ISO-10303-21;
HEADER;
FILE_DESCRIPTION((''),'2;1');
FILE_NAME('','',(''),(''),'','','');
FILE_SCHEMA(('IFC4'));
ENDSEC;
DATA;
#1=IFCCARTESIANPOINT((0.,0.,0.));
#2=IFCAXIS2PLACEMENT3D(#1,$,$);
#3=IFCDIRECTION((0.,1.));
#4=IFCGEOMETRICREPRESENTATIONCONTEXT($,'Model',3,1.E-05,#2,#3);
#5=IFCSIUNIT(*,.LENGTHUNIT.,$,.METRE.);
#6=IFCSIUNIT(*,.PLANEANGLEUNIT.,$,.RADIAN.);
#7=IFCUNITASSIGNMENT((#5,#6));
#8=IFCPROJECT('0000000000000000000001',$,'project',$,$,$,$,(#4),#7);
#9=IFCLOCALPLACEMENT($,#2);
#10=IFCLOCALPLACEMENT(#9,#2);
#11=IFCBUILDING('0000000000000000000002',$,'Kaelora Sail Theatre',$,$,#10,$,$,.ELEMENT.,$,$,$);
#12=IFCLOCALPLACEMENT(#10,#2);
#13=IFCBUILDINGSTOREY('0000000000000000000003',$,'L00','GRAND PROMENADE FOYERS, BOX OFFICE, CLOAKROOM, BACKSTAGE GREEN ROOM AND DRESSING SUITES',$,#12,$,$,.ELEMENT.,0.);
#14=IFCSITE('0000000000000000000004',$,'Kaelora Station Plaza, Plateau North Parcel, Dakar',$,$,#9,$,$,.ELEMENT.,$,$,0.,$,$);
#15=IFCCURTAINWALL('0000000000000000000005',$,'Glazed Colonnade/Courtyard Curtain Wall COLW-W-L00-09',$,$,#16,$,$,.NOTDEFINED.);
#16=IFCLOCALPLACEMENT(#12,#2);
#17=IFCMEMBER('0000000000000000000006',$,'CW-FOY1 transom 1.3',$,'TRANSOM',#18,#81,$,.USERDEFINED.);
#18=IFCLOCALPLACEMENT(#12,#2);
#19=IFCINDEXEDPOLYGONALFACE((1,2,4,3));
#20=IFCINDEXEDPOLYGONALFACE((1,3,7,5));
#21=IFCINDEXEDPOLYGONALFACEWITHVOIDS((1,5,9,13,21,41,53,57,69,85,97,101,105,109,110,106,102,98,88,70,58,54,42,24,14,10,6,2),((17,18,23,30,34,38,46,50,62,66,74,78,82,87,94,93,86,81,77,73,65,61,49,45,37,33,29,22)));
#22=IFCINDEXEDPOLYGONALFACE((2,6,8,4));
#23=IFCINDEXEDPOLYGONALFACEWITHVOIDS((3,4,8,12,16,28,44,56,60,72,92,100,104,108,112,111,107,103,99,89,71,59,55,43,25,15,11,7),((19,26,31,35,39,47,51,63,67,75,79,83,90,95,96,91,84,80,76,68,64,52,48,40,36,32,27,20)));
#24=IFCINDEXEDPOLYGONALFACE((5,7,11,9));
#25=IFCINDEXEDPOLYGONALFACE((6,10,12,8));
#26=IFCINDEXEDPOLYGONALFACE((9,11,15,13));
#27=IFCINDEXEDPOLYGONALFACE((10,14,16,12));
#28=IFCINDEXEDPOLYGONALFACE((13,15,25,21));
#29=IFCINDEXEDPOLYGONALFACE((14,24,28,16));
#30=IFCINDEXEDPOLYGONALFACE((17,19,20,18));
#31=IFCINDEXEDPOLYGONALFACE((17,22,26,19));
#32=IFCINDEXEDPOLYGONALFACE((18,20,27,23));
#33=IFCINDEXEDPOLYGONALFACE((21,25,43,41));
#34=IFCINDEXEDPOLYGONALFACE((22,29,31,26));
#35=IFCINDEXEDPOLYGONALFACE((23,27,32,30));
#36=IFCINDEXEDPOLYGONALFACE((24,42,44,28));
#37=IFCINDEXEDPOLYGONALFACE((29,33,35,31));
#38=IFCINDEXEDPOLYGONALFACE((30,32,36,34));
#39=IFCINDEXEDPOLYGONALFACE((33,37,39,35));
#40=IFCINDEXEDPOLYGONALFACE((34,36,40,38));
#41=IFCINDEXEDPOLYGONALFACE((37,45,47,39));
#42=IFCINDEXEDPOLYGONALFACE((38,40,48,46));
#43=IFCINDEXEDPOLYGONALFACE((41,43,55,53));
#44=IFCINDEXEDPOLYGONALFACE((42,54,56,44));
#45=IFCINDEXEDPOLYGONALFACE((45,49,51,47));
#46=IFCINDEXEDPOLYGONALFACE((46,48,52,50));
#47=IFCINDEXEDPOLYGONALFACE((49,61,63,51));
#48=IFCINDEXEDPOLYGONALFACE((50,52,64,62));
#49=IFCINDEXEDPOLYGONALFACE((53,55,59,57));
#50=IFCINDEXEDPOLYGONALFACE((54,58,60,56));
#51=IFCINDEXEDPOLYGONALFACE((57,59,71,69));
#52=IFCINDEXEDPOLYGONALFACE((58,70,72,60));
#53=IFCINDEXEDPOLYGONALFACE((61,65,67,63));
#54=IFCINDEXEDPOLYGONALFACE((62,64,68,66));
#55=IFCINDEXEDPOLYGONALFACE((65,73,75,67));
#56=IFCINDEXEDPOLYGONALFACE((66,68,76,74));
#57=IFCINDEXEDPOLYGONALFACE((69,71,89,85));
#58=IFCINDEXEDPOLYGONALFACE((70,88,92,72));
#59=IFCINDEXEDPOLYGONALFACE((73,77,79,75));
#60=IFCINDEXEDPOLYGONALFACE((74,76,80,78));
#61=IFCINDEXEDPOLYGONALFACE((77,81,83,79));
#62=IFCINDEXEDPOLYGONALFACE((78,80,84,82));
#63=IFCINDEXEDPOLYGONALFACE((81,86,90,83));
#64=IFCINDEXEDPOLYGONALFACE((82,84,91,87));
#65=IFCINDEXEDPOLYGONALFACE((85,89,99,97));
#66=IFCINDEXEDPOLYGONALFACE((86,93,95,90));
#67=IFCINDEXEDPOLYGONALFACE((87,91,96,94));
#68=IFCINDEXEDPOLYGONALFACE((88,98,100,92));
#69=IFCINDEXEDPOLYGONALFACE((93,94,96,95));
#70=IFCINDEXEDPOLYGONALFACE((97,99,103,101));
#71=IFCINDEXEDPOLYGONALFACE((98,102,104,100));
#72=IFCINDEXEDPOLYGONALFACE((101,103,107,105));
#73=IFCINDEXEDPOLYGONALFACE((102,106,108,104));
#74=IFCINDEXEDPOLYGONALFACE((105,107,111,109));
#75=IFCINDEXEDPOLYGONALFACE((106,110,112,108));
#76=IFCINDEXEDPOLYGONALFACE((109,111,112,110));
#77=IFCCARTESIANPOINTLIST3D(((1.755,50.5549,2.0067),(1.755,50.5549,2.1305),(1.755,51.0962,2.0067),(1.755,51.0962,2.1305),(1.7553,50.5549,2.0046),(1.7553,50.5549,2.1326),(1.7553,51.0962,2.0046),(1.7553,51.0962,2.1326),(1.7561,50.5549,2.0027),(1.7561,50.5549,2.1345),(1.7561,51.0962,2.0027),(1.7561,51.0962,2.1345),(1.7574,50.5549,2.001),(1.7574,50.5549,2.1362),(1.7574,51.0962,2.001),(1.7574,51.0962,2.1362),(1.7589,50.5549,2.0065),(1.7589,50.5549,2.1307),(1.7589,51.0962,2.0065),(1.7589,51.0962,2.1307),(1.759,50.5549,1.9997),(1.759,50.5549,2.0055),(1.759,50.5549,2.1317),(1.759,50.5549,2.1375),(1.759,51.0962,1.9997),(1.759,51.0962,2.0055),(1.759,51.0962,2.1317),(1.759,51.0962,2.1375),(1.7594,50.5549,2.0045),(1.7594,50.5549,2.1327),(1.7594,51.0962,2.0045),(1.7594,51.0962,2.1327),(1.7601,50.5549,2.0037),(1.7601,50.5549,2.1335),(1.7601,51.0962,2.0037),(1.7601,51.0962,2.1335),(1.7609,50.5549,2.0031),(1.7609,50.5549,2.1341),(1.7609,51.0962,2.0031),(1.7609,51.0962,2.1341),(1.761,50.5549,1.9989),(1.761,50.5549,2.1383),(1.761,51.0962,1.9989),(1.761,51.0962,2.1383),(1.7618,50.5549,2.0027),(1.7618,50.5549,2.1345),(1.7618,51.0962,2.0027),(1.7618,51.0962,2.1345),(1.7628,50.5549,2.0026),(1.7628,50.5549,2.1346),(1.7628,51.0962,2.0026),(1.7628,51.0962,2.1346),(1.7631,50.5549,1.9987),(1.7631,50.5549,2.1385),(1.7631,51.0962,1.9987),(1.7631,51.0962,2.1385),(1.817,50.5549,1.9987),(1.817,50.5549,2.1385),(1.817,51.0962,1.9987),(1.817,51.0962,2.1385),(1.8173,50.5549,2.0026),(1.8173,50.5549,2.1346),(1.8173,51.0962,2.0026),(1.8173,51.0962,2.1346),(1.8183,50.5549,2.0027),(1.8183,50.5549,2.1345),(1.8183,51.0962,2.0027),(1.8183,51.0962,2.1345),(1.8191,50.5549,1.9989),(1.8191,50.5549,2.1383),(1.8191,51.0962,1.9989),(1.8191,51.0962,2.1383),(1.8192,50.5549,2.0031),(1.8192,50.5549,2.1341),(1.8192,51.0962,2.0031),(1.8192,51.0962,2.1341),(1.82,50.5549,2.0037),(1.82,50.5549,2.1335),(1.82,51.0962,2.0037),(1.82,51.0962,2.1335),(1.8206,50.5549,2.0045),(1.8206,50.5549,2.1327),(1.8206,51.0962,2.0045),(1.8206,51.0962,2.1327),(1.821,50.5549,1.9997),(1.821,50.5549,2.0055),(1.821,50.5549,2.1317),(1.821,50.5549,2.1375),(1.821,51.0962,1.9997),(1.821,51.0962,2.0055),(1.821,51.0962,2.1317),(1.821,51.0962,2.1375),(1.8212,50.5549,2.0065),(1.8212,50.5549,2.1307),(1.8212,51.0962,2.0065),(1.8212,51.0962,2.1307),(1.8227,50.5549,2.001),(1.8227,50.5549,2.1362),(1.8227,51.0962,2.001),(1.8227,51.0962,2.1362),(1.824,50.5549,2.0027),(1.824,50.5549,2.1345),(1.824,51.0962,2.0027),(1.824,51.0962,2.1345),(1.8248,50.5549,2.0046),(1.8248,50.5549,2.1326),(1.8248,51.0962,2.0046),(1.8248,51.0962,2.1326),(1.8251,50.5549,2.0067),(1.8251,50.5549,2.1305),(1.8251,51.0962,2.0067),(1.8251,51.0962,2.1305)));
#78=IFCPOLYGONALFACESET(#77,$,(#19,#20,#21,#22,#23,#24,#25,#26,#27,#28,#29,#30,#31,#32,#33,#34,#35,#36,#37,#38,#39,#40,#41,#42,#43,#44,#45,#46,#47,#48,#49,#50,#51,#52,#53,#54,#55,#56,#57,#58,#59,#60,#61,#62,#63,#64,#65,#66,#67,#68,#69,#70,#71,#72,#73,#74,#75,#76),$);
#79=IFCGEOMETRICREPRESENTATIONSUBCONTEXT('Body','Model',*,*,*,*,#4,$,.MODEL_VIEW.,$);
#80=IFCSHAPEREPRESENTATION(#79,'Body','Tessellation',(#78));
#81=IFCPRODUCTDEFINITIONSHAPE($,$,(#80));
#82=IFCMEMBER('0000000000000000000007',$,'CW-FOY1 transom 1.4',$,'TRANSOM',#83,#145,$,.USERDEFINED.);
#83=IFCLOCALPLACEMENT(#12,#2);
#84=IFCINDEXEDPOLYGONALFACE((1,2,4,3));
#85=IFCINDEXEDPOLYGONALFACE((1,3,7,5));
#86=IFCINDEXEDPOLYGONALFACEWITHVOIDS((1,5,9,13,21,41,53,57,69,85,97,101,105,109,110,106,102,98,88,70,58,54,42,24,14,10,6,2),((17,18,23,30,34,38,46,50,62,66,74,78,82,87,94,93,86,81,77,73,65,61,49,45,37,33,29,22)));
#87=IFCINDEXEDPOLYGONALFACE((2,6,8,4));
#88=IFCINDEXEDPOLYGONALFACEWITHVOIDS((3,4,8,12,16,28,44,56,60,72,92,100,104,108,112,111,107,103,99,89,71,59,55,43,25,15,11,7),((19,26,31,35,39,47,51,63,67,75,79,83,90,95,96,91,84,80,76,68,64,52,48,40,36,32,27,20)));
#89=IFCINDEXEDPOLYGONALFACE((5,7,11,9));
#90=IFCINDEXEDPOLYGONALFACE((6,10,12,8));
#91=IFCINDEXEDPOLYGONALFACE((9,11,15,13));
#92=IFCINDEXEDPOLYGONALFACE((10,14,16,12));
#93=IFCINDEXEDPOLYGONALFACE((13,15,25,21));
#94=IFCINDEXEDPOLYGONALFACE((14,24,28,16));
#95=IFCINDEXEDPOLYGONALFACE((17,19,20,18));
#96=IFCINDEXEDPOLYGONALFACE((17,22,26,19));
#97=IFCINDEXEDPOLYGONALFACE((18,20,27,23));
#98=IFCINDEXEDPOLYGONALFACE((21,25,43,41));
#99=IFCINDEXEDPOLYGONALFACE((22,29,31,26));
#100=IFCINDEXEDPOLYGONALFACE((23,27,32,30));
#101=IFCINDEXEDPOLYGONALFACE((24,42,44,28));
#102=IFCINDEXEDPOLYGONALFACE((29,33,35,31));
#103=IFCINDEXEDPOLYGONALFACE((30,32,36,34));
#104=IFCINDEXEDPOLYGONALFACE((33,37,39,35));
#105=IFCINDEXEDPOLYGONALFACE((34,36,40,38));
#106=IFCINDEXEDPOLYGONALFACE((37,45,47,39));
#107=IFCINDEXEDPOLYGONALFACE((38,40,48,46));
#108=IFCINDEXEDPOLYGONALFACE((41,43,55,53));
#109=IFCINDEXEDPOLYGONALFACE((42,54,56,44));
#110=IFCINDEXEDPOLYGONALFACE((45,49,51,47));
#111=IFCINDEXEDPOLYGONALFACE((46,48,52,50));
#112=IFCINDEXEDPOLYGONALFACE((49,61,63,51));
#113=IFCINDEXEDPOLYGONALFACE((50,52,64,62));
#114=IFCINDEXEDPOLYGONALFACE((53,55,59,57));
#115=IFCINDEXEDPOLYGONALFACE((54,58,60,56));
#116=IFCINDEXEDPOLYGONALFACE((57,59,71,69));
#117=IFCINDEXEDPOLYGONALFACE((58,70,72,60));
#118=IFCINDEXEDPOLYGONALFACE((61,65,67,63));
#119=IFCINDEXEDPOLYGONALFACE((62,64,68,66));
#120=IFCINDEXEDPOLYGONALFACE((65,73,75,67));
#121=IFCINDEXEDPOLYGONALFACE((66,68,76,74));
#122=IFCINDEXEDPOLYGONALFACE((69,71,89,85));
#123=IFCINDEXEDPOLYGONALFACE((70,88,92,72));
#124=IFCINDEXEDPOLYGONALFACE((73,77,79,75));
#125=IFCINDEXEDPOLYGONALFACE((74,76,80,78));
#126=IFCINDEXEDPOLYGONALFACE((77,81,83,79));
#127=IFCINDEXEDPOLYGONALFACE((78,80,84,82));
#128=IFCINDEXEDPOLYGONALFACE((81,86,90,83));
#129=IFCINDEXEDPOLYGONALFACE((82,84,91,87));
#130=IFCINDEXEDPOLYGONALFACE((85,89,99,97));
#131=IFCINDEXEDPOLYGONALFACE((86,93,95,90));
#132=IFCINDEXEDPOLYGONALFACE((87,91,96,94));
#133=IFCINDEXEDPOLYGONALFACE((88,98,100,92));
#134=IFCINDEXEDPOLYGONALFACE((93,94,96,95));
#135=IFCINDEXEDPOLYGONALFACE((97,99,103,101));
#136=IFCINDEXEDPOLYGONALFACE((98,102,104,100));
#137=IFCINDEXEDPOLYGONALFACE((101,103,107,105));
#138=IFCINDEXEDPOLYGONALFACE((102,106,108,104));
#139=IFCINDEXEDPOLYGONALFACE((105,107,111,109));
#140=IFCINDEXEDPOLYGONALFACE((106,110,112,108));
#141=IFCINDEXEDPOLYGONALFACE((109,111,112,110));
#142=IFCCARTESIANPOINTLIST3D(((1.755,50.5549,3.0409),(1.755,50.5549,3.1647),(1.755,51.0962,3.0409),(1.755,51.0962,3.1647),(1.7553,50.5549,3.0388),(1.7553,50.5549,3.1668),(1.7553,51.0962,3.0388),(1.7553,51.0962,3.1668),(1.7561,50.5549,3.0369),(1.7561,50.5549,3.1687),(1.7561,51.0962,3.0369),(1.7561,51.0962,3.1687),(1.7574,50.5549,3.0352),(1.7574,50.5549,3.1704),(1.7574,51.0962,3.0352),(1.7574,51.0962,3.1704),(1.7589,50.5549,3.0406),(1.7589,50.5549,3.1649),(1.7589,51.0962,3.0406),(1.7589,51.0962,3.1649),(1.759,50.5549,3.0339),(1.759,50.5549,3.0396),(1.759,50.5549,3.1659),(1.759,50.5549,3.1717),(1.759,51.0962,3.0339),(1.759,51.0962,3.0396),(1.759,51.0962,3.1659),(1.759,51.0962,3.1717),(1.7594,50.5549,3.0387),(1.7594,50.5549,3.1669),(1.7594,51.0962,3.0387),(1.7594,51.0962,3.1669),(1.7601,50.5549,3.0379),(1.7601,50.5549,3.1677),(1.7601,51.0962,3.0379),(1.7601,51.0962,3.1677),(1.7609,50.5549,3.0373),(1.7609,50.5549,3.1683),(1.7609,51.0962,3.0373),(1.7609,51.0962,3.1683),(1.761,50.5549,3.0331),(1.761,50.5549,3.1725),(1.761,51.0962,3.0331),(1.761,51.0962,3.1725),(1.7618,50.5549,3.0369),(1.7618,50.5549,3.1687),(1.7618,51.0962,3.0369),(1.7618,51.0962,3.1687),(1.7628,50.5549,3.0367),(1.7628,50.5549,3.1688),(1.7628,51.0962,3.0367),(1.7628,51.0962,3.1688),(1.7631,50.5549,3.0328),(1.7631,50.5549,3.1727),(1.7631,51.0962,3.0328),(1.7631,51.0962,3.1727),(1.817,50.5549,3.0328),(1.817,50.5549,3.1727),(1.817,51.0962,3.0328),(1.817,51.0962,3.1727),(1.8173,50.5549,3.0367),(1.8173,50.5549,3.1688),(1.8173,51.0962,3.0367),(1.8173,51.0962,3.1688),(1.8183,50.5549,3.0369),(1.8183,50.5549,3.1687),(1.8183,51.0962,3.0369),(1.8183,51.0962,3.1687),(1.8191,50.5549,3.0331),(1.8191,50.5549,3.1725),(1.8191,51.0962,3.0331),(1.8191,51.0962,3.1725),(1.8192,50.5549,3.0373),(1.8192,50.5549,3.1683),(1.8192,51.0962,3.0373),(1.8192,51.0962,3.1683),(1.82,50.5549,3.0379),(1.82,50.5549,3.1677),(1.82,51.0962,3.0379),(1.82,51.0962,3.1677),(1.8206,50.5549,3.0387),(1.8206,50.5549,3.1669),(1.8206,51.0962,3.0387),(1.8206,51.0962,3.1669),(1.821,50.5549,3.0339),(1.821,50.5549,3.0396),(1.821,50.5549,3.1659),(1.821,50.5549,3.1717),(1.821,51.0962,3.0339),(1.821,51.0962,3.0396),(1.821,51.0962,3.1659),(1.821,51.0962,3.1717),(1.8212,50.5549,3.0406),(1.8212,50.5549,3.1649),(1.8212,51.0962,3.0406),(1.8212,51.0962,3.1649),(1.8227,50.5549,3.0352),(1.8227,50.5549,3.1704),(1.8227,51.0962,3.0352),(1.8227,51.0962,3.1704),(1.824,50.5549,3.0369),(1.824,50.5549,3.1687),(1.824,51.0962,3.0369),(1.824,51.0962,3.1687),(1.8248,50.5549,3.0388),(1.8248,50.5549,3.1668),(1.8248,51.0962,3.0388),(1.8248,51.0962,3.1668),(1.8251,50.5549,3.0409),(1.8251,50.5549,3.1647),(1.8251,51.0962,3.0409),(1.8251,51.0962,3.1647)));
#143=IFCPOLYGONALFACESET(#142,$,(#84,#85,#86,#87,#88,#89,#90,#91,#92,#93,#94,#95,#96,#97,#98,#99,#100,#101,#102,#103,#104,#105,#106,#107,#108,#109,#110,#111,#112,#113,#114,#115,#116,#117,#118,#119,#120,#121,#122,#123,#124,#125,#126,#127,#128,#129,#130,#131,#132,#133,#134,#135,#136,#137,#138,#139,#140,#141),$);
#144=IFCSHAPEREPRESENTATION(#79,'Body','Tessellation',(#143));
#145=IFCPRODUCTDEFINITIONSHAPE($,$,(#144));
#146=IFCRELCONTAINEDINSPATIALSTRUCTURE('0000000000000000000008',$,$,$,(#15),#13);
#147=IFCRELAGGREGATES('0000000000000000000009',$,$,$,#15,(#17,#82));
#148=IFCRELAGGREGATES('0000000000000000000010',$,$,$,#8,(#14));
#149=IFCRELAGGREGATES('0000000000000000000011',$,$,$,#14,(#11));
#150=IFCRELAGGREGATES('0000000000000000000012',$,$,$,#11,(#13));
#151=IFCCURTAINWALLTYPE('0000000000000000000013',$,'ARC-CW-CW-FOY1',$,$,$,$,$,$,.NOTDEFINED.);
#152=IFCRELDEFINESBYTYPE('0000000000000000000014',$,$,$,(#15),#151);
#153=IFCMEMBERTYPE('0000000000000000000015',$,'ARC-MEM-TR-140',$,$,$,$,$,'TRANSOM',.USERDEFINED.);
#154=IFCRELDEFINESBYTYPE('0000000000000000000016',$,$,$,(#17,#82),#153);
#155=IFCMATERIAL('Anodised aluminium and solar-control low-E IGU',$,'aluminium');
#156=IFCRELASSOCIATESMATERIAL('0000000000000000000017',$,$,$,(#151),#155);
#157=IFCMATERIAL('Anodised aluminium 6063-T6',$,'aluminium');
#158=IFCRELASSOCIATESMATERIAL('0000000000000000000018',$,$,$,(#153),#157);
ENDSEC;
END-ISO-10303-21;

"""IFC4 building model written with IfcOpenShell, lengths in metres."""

from ifc_helpers import new_model, si_unit, direction, frame, origin, origin_2d, place, context, subcontext, project, spatial, hollow_rectangle, extrude, material, material_profile, profile_set, type_object, element, aggregate, save


model = new_model("IFC4")

# Units and contexts
model_context = context("Model", 3, precision=1e-05, world=origin(), true_north=direction((0.0, 1.0)))
body_context = subcontext(model_context, "Body", "Model", "MODEL_VIEW")
ifc_project = project(units=[si_unit("LENGTHUNIT", "METRE"), si_unit("PLANEANGLEUNIT", "RADIAN")], contexts=[model_context])

# Site, building, storey
site_placement = place(None, origin())
site = spatial("IfcSite", under=ifc_project, at=site_placement, Name="Kaelora Station Plaza, Plateau North Parcel, Dakar", CompositionType="ELEMENT", RefElevation=0.0)
building_placement = place(site_placement, origin())
building = spatial("IfcBuilding", under=site, at=building_placement, Name="Kaelora Sail Theatre", CompositionType="ELEMENT")
storey_placement = place(building_placement, origin())
storey = spatial("IfcBuildingStorey", under=building, at=storey_placement, Name="L00", Description="GRAND PROMENADE FOYERS, BOX OFFICE, CLOAKROOM, BACKSTAGE GREEN ROOM AND DRESSING SUITES", CompositionType="ELEMENT", Elevation=0.0)

# Shared definitions
ifc_material_1 = material(Name="Anodised aluminium and solar-control low-E IGU", Category="aluminium")
curtain_wall_type = type_object("IfcCurtainWallType", Name="ARC-CW-CW-FOY1", PredefinedType="NOTDEFINED", material=ifc_material_1)

# Curtain wall
curtain_wall_1_placement = place(storey_placement, origin())
curtain_wall_1 = element("IfcCurtainWall", 1, at=curtain_wall_1_placement, inside=storey, type_object=curtain_wall_type, Name="Glazed Colonnade/Courtyard Curtain Wall COLW-W-L00-09", PredefinedType="NOTDEFINED")

# Members
ifc_material_2 = material(Name="Anodised aluminium 6063-T6", Category="aluminium")
ifc_material_profile_1 = material_profile(ifc_material_2, hollow_rectangle(XDim=0.0701, YDim=0.1399, WallThickness=0.0039, InnerFilletRadius=0.0039, OuterFilletRadius=0.0081, at=origin_2d()), Name="ALU-TRAN 70x140x4")
ifc_profile_set_1 = profile_set([ifc_material_profile_1], Name="Anodised aluminium 6063-T6")
member_type_1 = type_object("IfcMemberType", Name="ARC-MEM-TR-140", ElementType="TRANSOM", PredefinedType="USERDEFINED", material=ifc_profile_set_1)
member_1_placement = place(storey_placement, frame((1.79, 50.5549, 2.0686), z_axis=(0.0, 1.0, 0.0), x_axis=(-1.0, 0.0, 0.0)))
member_1 = element("IfcMember", 2, at=member_1_placement, type_object=member_type_1, Name="CW-FOY1 transom 1.3", ObjectType="TRANSOM", PredefinedType="USERDEFINED", context=body_context, shape_type="SweptSolid", body=[
    extrude(hollow_rectangle(XDim=0.0701, YDim=0.1399, WallThickness=0.0039, InnerFilletRadius=0.0039, OuterFilletRadius=0.0081, at=origin_2d()), origin(), (0.0, 0.0, 1.0), 0.5413),
])
member_2_placement = place(storey_placement, frame((1.79, 50.5549, 3.1028), z_axis=(0.0, 1.0, 0.0), x_axis=(-1.0, 0.0, 0.0)))
member_2 = element("IfcMember", 3, at=member_2_placement, type_object=member_type_1, Name="CW-FOY1 transom 1.4", ObjectType="TRANSOM", PredefinedType="USERDEFINED", context=body_context, shape_type="SweptSolid", body=[
    extrude(hollow_rectangle(XDim=0.0701, YDim=0.1399, WallThickness=0.0039, InnerFilletRadius=0.0039, OuterFilletRadius=0.0081, at=origin_2d()), origin(), (0.0, 0.0, 1.0), 0.5413),
])

aggregate(curtain_wall_1, [member_1, member_2])

save(model, "model.ifc")
